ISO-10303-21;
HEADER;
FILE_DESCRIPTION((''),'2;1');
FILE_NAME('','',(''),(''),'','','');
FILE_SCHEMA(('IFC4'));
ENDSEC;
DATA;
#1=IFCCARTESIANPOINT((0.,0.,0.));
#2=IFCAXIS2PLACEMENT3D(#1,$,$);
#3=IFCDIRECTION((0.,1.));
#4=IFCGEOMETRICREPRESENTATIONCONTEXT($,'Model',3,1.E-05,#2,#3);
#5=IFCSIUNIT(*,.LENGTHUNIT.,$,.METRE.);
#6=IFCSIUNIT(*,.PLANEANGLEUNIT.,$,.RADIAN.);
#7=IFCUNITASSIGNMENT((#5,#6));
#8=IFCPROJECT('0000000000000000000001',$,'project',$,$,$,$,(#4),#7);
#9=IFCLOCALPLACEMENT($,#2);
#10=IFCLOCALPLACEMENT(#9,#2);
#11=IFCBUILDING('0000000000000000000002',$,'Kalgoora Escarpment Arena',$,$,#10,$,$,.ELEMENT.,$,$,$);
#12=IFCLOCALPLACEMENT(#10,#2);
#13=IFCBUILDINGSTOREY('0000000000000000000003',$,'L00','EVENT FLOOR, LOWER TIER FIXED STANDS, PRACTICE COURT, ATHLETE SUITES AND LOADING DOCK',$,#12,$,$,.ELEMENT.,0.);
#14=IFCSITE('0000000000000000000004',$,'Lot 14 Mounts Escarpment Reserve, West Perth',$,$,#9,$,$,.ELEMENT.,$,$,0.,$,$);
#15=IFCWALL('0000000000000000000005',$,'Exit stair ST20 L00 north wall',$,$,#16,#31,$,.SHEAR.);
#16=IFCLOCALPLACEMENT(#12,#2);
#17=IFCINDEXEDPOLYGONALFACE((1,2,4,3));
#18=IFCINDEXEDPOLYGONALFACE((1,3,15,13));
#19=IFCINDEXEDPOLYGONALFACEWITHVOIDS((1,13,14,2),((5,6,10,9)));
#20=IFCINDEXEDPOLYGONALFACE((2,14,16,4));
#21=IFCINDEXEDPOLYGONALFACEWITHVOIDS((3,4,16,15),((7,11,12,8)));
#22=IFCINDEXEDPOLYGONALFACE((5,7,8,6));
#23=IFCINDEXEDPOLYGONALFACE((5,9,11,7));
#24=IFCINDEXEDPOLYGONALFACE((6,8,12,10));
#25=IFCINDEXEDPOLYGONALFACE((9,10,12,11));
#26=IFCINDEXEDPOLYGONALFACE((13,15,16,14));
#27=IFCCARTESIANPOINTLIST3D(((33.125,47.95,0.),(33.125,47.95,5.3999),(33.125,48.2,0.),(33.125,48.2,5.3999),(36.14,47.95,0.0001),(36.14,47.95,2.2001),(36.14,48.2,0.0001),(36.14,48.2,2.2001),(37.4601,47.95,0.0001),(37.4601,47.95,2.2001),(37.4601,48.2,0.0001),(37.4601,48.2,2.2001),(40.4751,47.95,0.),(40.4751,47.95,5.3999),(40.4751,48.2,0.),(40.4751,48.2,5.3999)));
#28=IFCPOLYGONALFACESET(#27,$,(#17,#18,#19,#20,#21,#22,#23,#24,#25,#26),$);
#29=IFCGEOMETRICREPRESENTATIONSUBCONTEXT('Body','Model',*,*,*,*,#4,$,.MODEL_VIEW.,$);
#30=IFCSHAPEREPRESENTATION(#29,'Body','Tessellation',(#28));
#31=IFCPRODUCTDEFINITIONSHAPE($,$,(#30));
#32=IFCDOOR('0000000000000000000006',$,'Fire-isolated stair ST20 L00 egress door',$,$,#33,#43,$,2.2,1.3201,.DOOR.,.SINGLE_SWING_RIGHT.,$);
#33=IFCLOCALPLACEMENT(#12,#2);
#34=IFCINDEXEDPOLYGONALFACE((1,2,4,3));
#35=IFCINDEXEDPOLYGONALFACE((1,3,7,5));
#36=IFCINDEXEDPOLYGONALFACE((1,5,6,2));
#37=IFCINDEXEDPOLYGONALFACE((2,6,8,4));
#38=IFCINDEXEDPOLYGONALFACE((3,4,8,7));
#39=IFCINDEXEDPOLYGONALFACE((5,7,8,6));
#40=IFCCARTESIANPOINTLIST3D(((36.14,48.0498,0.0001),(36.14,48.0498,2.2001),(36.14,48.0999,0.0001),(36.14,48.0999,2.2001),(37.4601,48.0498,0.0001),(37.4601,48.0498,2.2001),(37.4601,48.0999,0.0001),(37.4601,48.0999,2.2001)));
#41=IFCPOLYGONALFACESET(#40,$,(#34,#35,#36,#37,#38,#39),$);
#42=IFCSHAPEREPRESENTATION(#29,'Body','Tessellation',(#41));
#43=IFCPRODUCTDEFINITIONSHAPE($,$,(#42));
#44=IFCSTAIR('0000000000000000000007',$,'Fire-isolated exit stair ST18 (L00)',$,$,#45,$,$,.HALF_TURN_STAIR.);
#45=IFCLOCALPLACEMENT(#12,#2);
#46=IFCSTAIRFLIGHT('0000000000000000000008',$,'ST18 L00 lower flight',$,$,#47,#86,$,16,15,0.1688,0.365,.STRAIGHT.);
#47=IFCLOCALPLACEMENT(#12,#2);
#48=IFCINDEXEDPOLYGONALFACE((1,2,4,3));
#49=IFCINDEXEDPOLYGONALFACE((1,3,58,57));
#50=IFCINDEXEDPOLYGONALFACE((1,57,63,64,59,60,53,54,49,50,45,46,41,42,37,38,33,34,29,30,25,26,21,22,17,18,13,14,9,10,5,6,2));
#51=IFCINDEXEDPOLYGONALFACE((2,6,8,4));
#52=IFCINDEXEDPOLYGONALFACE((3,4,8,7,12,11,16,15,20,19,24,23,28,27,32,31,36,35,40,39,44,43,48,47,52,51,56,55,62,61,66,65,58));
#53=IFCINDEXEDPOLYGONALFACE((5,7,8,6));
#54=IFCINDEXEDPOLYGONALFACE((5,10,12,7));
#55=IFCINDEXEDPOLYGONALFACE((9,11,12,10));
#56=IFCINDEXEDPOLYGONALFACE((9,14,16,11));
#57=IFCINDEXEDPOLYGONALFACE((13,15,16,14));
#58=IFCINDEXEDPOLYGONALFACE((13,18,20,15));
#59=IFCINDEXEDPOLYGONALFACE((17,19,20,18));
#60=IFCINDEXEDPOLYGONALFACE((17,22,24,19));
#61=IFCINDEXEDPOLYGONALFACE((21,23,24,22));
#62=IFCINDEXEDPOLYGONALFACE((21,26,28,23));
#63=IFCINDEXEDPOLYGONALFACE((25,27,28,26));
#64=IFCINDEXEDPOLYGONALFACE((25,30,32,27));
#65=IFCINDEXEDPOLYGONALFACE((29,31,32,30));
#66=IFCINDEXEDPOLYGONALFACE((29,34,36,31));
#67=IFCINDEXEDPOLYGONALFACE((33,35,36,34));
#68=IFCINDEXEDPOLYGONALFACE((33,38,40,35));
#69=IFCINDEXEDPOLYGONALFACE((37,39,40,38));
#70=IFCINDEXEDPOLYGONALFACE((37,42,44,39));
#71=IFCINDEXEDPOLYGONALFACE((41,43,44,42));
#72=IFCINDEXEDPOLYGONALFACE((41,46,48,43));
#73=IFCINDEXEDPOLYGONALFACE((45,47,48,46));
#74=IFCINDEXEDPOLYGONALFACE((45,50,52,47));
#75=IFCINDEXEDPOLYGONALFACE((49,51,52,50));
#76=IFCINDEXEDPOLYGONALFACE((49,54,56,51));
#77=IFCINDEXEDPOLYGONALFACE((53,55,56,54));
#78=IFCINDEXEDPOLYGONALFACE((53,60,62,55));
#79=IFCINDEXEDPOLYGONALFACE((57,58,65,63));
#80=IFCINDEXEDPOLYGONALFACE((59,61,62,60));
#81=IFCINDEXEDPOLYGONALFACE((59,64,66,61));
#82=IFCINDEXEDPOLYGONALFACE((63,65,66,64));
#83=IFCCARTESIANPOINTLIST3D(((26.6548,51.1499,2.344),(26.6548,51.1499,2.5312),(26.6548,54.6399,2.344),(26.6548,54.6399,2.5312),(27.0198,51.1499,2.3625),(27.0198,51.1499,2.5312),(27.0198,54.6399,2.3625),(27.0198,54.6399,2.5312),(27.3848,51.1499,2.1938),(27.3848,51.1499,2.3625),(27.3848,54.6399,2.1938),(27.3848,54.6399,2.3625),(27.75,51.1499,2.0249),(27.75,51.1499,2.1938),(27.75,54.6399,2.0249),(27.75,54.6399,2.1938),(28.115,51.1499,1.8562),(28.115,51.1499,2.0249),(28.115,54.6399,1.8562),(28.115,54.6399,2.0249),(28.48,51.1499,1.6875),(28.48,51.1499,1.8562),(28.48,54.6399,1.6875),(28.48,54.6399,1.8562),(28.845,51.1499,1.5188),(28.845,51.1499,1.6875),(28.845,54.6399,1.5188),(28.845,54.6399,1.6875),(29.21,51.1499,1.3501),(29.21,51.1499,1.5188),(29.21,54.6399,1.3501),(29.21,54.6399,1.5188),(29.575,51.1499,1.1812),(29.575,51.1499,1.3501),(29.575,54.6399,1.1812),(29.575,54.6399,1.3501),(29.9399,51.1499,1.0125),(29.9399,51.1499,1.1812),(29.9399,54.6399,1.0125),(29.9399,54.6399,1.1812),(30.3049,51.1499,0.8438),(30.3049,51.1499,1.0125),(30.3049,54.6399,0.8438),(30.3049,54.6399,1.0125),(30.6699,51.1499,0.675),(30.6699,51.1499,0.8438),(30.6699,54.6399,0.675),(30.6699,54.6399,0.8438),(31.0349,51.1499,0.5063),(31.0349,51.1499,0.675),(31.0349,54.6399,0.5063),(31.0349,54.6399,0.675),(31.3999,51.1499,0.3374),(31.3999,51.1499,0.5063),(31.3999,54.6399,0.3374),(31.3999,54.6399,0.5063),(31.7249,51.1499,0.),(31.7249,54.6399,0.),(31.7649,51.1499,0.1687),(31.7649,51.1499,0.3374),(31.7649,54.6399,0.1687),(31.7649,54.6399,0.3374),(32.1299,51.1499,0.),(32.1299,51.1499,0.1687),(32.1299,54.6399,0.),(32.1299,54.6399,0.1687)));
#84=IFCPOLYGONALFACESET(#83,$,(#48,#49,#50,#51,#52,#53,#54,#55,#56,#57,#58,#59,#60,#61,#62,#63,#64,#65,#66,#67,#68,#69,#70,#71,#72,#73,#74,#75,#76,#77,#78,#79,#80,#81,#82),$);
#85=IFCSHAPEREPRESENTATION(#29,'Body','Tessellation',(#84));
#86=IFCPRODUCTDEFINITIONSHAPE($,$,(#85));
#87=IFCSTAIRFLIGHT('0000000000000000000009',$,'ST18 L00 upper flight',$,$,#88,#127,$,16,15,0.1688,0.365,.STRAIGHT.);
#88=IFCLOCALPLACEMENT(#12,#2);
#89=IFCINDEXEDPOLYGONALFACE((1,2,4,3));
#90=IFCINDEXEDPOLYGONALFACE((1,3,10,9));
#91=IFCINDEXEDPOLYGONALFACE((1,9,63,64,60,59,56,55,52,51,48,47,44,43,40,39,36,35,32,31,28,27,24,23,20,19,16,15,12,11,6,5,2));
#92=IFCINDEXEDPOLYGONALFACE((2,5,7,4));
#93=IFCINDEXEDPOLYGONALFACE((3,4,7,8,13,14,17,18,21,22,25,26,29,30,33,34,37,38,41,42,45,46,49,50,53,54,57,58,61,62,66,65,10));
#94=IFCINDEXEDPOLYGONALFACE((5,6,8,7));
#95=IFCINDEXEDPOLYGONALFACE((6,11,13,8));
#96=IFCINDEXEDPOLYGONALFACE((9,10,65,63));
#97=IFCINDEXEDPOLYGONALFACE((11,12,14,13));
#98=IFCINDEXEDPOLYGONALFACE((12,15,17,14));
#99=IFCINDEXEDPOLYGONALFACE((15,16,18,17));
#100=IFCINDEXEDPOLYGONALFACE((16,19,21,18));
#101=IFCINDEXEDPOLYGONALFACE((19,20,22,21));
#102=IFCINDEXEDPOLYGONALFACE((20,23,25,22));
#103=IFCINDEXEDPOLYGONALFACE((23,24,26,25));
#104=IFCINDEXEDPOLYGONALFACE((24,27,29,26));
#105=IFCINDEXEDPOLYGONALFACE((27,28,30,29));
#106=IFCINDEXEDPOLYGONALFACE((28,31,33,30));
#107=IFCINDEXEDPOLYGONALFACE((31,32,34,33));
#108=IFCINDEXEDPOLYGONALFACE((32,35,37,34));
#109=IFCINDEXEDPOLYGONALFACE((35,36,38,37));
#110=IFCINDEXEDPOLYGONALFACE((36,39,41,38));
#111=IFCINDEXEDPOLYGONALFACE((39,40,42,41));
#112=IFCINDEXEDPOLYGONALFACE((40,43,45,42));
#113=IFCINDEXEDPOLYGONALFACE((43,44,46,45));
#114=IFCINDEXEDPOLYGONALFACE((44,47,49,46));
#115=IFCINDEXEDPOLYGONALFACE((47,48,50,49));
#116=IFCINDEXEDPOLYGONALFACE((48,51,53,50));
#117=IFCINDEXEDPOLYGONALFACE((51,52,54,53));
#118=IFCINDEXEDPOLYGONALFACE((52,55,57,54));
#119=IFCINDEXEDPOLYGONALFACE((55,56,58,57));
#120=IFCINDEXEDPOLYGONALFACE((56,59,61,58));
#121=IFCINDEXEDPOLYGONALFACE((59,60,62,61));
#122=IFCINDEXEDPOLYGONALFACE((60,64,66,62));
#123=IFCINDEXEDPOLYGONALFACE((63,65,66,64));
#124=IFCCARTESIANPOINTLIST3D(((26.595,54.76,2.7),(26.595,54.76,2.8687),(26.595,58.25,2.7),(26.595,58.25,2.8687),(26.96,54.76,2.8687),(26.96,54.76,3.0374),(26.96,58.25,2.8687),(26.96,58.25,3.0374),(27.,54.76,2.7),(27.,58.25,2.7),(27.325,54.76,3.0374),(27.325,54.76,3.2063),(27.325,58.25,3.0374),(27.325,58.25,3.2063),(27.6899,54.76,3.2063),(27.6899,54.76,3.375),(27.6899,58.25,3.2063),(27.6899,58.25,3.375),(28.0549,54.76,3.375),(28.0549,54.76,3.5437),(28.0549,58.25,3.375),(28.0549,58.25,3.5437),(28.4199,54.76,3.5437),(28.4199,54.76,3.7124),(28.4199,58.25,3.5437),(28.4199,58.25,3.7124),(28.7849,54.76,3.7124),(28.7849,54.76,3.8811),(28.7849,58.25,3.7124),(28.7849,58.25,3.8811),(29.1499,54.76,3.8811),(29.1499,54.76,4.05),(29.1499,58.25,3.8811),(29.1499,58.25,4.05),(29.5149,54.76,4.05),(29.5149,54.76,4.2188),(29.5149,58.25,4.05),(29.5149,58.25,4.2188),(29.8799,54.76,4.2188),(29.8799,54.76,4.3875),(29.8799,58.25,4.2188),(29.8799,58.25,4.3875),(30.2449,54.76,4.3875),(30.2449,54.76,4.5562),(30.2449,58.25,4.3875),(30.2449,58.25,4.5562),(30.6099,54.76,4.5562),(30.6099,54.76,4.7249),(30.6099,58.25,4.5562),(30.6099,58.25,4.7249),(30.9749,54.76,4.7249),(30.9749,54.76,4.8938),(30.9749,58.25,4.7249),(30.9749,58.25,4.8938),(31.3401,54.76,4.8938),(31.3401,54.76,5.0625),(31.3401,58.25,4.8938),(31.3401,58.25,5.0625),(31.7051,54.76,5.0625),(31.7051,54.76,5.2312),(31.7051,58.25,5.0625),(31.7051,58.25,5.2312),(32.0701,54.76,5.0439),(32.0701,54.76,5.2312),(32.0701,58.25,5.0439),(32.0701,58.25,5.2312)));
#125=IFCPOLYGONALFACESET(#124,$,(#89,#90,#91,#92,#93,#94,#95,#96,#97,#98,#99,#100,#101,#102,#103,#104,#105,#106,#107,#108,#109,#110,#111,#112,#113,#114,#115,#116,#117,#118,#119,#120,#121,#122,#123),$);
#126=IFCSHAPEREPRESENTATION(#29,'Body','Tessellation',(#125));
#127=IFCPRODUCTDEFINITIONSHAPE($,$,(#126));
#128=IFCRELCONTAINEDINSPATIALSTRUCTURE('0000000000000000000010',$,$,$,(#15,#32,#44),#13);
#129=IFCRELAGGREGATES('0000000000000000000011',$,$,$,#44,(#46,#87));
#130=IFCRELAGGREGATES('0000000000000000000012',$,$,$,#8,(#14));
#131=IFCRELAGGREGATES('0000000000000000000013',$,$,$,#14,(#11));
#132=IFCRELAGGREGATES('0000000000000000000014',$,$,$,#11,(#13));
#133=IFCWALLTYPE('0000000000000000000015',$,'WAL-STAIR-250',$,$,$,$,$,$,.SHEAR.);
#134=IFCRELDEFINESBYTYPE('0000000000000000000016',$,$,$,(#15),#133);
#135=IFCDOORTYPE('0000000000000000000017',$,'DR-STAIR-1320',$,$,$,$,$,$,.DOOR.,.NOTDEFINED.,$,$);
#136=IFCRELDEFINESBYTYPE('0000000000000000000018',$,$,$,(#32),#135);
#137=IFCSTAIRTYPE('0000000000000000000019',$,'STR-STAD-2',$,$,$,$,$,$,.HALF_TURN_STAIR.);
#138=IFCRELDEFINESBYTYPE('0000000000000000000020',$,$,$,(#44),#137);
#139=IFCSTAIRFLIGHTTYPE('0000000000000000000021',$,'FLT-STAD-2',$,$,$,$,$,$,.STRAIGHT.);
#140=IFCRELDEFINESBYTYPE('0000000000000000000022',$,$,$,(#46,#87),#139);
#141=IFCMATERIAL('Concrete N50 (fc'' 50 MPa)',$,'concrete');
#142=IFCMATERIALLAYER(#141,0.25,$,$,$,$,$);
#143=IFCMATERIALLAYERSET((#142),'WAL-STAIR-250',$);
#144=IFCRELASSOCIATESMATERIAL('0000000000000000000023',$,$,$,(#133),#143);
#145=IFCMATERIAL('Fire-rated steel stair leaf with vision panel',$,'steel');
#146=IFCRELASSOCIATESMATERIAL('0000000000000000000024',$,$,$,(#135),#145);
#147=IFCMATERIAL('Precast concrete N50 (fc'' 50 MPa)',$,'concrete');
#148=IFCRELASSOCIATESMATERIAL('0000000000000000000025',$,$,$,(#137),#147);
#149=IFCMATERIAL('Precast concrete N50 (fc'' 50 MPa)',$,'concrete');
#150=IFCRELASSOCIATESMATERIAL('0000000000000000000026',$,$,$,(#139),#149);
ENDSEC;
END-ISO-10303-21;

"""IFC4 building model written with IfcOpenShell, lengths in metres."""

from ifc_helpers import new_model, si_unit, direction, frame, frame_2d, origin, place, context, subcontext, project, spatial, polyline, rectangle, outline, extrude, material, layer, layer_set, type_object, element, fill, aggregate, save


model = new_model("IFC4")

# Units and contexts
model_context = context("Model", 3, precision=1e-05, world=origin(), true_north=direction((0.0, 1.0)))
body_context = subcontext(model_context, "Body", "Model", "MODEL_VIEW")
ifc_project = project(units=[si_unit("LENGTHUNIT", "METRE"), si_unit("PLANEANGLEUNIT", "RADIAN")], contexts=[model_context])

# Site, building, storey
site_placement = place(None, origin())
site = spatial("IfcSite", under=ifc_project, at=site_placement, Name="Lot 14 Mounts Escarpment Reserve, West Perth", CompositionType="ELEMENT", RefElevation=0.0)
building_placement = place(site_placement, origin())
building = spatial("IfcBuilding", under=site, at=building_placement, Name="Kalgoora Escarpment Arena", CompositionType="ELEMENT")
storey_placement = place(building_placement, origin())
storey = spatial("IfcBuildingStorey", under=building, at=storey_placement, Name="L00", Description="EVENT FLOOR, LOWER TIER FIXED STANDS, PRACTICE COURT, ATHLETE SUITES AND LOADING DOCK", CompositionType="ELEMENT", Elevation=0.0)

# Wall, opening, door
ifc_material_1 = material(Name="Concrete N50 (fc' 50 MPa)", Category="concrete")
ifc_layer_1 = layer(ifc_material_1, 0.25)
ifc_layer_set_1 = layer_set([ifc_layer_1], Name="WAL-STAIR-250")
wall_type_1 = type_object("IfcWallType", Name="WAL-STAIR-250", PredefinedType="SHEAR", material=ifc_layer_set_1)
ifc_material_2 = material(Name="Fire-rated steel stair leaf with vision panel", Category="steel")
door_type = type_object("IfcDoorType", Name="DR-STAIR-1320", OperationType="NOTDEFINED", PredefinedType="DOOR", material=ifc_material_2)
wall_1_placement = place(storey_placement, frame((33.125, 48.075, 0.0), z_axis=(0.0, 0.0, 1.0), x_axis=(1.0, 0.0, 0.0)))
wall_1 = element("IfcWall", 1, at=wall_1_placement, inside=storey, type_object=wall_type_1, Name="Exit stair ST20 L00 north wall", PredefinedType="SHEAR", context=body_context, shape_type="SweptSolid", body=[
    extrude(rectangle(XDim=7.3501, YDim=0.25, at=frame_2d((3.675, 0.0))), origin(), (0.0, 0.0, 1.0), 5.3999),
])
opening_1_placement = place(wall_1_placement, frame((3.0149, 0.0, 0.0)))
opening_1 = element("IfcOpeningElement", 2, at=opening_1_placement, cuts=wall_1, PredefinedType="OPENING", context=body_context, shape_type="SweptSolid", body=[
    extrude(rectangle(XDim=1.3201, YDim=2.2, at=frame_2d((0.6602, 1.1001))), frame((0.0, 0.135, 0.0), z_axis=(0.0, -1.0, 0.0), x_axis=(1.0, 0.0, 0.0)), (0.0, 0.0, 1.0), 0.27),
])
door_1_placement = place(opening_1_placement, origin())
door_1 = element("IfcDoor", 3, at=door_1_placement, inside=storey, type_object=door_type, Name="Fire-isolated stair ST20 L00 egress door", OperationType="SINGLE_SWING_RIGHT", OverallHeight=2.2, OverallWidth=1.3201, PredefinedType="DOOR", context=body_context, shape_type="SweptSolid", body=[
    extrude(rectangle(XDim=1.3201, YDim=2.2, at=frame_2d((0.6602, 1.1001))), frame((0.0, 0.0249, 0.0), z_axis=(0.0, -1.0, 0.0), x_axis=(1.0, 0.0, 0.0)), (0.0, 0.0, 1.0), 0.05),
])
fill(opening_1, door_1)

# Stair, stair flights
ifc_material_3 = material(Name="Precast concrete N50 (fc' 50 MPa)", Category="concrete")
stair_type = type_object("IfcStairType", Name="STR-STAD-2", PredefinedType="HALF_TURN_STAIR", material=ifc_material_3)
stair_placement = place(storey_placement, origin())
stair = element("IfcStair", 4, at=stair_placement, inside=storey, type_object=stair_type, Name="Fire-isolated exit stair ST18 (L00)", PredefinedType="HALF_TURN_STAIR")
ifc_material_4 = material(Name="Precast concrete N50 (fc' 50 MPa)", Category="concrete")
stair_flight_type = type_object("IfcStairFlightType", Name="FLT-STAD-2", PredefinedType="STRAIGHT", material=ifc_material_4)
stair_flight_1_placement = place(storey_placement, frame((32.1299, 52.895, 0.0), z_axis=(0.0, 0.0, 1.0), x_axis=(-1.0, 0.0, 0.0)))
stair_flight_1 = element("IfcStairFlight", 5, at=stair_flight_1_placement, type_object=stair_flight_type, Name="ST18 L00 lower flight", NumberOfRisers=16, NumberOfTreads=15, PredefinedType="STRAIGHT", RiserHeight=0.1688, TreadLength=0.365, context=body_context, shape_type="SweptSolid", body=[
    extrude(outline(polyline([(0.0, 0.0), (0.0, 0.1687), (0.365, 0.1687), (0.365, 0.3374), (0.73, 0.3374), (0.73, 0.5063), (1.095, 0.5063), (1.095, 0.675), (1.46, 0.675), (1.46, 0.8438), (1.825, 0.8438), (1.825, 1.0125), (2.1899, 1.0125), (2.1899, 1.1812), (2.5549, 1.1812), (2.5549, 1.3501), (2.9199, 1.3501), (2.9199, 1.5188), (3.2849, 1.5188), (3.2849, 1.6875), (3.6499, 1.6875), (3.6499, 1.8562), (4.0149, 1.8562), (4.0149, 2.0249), (4.3799, 2.0249), (4.3799, 2.1938), (4.7451, 2.1938), (4.7451, 2.3625), (5.1101, 2.3625), (5.1101, 2.5312), (5.4751, 2.5312), (5.4751, 2.7), (5.4751, 2.344), (0.405, 0.0), (0.0, 0.0)])), frame((0.0, 1.7451, 0.0), z_axis=(0.0, -1.0, 0.0), x_axis=(1.0, 0.0, 0.0)), (0.0, 0.0, 1.0), 3.49),
])
stair_flight_2_placement = place(storey_placement, frame((26.595, 56.5049, 2.7), z_axis=(0.0, 0.0, 1.0), x_axis=(1.0, 0.0, 0.0)))
stair_flight_2 = element("IfcStairFlight", 6, at=stair_flight_2_placement, type_object=stair_flight_type, Name="ST18 L00 upper flight", NumberOfRisers=16, NumberOfTreads=15, PredefinedType="STRAIGHT", RiserHeight=0.1688, TreadLength=0.365, context=body_context, shape_type="SweptSolid", body=[
    extrude(outline(polyline([(0.0, 0.0), (0.0, 0.1687), (0.365, 0.1687), (0.365, 0.3374), (0.73, 0.3374), (0.73, 0.5063), (1.095, 0.5063), (1.095, 0.675), (1.46, 0.675), (1.46, 0.8438), (1.825, 0.8438), (1.825, 1.0125), (2.1899, 1.0125), (2.1899, 1.1812), (2.5549, 1.1812), (2.5549, 1.3501), (2.9199, 1.3501), (2.9199, 1.5188), (3.2849, 1.5188), (3.2849, 1.6875), (3.6499, 1.6875), (3.6499, 1.8562), (4.0149, 1.8562), (4.0149, 2.0249), (4.3799, 2.0249), (4.3799, 2.1938), (4.7451, 2.1938), (4.7451, 2.3625), (5.1101, 2.3625), (5.1101, 2.5312), (5.4751, 2.5312), (5.4751, 2.7), (5.4751, 2.344), (0.405, 0.0), (0.0, 0.0)])), frame((0.0, 1.7451, 0.0), z_axis=(0.0, -1.0, 0.0), x_axis=(1.0, 0.0, 0.0)), (0.0, 0.0, 1.0), 3.49),
])
aggregate(stair, [stair_flight_1, stair_flight_2])

save(model, "model.ifc")
